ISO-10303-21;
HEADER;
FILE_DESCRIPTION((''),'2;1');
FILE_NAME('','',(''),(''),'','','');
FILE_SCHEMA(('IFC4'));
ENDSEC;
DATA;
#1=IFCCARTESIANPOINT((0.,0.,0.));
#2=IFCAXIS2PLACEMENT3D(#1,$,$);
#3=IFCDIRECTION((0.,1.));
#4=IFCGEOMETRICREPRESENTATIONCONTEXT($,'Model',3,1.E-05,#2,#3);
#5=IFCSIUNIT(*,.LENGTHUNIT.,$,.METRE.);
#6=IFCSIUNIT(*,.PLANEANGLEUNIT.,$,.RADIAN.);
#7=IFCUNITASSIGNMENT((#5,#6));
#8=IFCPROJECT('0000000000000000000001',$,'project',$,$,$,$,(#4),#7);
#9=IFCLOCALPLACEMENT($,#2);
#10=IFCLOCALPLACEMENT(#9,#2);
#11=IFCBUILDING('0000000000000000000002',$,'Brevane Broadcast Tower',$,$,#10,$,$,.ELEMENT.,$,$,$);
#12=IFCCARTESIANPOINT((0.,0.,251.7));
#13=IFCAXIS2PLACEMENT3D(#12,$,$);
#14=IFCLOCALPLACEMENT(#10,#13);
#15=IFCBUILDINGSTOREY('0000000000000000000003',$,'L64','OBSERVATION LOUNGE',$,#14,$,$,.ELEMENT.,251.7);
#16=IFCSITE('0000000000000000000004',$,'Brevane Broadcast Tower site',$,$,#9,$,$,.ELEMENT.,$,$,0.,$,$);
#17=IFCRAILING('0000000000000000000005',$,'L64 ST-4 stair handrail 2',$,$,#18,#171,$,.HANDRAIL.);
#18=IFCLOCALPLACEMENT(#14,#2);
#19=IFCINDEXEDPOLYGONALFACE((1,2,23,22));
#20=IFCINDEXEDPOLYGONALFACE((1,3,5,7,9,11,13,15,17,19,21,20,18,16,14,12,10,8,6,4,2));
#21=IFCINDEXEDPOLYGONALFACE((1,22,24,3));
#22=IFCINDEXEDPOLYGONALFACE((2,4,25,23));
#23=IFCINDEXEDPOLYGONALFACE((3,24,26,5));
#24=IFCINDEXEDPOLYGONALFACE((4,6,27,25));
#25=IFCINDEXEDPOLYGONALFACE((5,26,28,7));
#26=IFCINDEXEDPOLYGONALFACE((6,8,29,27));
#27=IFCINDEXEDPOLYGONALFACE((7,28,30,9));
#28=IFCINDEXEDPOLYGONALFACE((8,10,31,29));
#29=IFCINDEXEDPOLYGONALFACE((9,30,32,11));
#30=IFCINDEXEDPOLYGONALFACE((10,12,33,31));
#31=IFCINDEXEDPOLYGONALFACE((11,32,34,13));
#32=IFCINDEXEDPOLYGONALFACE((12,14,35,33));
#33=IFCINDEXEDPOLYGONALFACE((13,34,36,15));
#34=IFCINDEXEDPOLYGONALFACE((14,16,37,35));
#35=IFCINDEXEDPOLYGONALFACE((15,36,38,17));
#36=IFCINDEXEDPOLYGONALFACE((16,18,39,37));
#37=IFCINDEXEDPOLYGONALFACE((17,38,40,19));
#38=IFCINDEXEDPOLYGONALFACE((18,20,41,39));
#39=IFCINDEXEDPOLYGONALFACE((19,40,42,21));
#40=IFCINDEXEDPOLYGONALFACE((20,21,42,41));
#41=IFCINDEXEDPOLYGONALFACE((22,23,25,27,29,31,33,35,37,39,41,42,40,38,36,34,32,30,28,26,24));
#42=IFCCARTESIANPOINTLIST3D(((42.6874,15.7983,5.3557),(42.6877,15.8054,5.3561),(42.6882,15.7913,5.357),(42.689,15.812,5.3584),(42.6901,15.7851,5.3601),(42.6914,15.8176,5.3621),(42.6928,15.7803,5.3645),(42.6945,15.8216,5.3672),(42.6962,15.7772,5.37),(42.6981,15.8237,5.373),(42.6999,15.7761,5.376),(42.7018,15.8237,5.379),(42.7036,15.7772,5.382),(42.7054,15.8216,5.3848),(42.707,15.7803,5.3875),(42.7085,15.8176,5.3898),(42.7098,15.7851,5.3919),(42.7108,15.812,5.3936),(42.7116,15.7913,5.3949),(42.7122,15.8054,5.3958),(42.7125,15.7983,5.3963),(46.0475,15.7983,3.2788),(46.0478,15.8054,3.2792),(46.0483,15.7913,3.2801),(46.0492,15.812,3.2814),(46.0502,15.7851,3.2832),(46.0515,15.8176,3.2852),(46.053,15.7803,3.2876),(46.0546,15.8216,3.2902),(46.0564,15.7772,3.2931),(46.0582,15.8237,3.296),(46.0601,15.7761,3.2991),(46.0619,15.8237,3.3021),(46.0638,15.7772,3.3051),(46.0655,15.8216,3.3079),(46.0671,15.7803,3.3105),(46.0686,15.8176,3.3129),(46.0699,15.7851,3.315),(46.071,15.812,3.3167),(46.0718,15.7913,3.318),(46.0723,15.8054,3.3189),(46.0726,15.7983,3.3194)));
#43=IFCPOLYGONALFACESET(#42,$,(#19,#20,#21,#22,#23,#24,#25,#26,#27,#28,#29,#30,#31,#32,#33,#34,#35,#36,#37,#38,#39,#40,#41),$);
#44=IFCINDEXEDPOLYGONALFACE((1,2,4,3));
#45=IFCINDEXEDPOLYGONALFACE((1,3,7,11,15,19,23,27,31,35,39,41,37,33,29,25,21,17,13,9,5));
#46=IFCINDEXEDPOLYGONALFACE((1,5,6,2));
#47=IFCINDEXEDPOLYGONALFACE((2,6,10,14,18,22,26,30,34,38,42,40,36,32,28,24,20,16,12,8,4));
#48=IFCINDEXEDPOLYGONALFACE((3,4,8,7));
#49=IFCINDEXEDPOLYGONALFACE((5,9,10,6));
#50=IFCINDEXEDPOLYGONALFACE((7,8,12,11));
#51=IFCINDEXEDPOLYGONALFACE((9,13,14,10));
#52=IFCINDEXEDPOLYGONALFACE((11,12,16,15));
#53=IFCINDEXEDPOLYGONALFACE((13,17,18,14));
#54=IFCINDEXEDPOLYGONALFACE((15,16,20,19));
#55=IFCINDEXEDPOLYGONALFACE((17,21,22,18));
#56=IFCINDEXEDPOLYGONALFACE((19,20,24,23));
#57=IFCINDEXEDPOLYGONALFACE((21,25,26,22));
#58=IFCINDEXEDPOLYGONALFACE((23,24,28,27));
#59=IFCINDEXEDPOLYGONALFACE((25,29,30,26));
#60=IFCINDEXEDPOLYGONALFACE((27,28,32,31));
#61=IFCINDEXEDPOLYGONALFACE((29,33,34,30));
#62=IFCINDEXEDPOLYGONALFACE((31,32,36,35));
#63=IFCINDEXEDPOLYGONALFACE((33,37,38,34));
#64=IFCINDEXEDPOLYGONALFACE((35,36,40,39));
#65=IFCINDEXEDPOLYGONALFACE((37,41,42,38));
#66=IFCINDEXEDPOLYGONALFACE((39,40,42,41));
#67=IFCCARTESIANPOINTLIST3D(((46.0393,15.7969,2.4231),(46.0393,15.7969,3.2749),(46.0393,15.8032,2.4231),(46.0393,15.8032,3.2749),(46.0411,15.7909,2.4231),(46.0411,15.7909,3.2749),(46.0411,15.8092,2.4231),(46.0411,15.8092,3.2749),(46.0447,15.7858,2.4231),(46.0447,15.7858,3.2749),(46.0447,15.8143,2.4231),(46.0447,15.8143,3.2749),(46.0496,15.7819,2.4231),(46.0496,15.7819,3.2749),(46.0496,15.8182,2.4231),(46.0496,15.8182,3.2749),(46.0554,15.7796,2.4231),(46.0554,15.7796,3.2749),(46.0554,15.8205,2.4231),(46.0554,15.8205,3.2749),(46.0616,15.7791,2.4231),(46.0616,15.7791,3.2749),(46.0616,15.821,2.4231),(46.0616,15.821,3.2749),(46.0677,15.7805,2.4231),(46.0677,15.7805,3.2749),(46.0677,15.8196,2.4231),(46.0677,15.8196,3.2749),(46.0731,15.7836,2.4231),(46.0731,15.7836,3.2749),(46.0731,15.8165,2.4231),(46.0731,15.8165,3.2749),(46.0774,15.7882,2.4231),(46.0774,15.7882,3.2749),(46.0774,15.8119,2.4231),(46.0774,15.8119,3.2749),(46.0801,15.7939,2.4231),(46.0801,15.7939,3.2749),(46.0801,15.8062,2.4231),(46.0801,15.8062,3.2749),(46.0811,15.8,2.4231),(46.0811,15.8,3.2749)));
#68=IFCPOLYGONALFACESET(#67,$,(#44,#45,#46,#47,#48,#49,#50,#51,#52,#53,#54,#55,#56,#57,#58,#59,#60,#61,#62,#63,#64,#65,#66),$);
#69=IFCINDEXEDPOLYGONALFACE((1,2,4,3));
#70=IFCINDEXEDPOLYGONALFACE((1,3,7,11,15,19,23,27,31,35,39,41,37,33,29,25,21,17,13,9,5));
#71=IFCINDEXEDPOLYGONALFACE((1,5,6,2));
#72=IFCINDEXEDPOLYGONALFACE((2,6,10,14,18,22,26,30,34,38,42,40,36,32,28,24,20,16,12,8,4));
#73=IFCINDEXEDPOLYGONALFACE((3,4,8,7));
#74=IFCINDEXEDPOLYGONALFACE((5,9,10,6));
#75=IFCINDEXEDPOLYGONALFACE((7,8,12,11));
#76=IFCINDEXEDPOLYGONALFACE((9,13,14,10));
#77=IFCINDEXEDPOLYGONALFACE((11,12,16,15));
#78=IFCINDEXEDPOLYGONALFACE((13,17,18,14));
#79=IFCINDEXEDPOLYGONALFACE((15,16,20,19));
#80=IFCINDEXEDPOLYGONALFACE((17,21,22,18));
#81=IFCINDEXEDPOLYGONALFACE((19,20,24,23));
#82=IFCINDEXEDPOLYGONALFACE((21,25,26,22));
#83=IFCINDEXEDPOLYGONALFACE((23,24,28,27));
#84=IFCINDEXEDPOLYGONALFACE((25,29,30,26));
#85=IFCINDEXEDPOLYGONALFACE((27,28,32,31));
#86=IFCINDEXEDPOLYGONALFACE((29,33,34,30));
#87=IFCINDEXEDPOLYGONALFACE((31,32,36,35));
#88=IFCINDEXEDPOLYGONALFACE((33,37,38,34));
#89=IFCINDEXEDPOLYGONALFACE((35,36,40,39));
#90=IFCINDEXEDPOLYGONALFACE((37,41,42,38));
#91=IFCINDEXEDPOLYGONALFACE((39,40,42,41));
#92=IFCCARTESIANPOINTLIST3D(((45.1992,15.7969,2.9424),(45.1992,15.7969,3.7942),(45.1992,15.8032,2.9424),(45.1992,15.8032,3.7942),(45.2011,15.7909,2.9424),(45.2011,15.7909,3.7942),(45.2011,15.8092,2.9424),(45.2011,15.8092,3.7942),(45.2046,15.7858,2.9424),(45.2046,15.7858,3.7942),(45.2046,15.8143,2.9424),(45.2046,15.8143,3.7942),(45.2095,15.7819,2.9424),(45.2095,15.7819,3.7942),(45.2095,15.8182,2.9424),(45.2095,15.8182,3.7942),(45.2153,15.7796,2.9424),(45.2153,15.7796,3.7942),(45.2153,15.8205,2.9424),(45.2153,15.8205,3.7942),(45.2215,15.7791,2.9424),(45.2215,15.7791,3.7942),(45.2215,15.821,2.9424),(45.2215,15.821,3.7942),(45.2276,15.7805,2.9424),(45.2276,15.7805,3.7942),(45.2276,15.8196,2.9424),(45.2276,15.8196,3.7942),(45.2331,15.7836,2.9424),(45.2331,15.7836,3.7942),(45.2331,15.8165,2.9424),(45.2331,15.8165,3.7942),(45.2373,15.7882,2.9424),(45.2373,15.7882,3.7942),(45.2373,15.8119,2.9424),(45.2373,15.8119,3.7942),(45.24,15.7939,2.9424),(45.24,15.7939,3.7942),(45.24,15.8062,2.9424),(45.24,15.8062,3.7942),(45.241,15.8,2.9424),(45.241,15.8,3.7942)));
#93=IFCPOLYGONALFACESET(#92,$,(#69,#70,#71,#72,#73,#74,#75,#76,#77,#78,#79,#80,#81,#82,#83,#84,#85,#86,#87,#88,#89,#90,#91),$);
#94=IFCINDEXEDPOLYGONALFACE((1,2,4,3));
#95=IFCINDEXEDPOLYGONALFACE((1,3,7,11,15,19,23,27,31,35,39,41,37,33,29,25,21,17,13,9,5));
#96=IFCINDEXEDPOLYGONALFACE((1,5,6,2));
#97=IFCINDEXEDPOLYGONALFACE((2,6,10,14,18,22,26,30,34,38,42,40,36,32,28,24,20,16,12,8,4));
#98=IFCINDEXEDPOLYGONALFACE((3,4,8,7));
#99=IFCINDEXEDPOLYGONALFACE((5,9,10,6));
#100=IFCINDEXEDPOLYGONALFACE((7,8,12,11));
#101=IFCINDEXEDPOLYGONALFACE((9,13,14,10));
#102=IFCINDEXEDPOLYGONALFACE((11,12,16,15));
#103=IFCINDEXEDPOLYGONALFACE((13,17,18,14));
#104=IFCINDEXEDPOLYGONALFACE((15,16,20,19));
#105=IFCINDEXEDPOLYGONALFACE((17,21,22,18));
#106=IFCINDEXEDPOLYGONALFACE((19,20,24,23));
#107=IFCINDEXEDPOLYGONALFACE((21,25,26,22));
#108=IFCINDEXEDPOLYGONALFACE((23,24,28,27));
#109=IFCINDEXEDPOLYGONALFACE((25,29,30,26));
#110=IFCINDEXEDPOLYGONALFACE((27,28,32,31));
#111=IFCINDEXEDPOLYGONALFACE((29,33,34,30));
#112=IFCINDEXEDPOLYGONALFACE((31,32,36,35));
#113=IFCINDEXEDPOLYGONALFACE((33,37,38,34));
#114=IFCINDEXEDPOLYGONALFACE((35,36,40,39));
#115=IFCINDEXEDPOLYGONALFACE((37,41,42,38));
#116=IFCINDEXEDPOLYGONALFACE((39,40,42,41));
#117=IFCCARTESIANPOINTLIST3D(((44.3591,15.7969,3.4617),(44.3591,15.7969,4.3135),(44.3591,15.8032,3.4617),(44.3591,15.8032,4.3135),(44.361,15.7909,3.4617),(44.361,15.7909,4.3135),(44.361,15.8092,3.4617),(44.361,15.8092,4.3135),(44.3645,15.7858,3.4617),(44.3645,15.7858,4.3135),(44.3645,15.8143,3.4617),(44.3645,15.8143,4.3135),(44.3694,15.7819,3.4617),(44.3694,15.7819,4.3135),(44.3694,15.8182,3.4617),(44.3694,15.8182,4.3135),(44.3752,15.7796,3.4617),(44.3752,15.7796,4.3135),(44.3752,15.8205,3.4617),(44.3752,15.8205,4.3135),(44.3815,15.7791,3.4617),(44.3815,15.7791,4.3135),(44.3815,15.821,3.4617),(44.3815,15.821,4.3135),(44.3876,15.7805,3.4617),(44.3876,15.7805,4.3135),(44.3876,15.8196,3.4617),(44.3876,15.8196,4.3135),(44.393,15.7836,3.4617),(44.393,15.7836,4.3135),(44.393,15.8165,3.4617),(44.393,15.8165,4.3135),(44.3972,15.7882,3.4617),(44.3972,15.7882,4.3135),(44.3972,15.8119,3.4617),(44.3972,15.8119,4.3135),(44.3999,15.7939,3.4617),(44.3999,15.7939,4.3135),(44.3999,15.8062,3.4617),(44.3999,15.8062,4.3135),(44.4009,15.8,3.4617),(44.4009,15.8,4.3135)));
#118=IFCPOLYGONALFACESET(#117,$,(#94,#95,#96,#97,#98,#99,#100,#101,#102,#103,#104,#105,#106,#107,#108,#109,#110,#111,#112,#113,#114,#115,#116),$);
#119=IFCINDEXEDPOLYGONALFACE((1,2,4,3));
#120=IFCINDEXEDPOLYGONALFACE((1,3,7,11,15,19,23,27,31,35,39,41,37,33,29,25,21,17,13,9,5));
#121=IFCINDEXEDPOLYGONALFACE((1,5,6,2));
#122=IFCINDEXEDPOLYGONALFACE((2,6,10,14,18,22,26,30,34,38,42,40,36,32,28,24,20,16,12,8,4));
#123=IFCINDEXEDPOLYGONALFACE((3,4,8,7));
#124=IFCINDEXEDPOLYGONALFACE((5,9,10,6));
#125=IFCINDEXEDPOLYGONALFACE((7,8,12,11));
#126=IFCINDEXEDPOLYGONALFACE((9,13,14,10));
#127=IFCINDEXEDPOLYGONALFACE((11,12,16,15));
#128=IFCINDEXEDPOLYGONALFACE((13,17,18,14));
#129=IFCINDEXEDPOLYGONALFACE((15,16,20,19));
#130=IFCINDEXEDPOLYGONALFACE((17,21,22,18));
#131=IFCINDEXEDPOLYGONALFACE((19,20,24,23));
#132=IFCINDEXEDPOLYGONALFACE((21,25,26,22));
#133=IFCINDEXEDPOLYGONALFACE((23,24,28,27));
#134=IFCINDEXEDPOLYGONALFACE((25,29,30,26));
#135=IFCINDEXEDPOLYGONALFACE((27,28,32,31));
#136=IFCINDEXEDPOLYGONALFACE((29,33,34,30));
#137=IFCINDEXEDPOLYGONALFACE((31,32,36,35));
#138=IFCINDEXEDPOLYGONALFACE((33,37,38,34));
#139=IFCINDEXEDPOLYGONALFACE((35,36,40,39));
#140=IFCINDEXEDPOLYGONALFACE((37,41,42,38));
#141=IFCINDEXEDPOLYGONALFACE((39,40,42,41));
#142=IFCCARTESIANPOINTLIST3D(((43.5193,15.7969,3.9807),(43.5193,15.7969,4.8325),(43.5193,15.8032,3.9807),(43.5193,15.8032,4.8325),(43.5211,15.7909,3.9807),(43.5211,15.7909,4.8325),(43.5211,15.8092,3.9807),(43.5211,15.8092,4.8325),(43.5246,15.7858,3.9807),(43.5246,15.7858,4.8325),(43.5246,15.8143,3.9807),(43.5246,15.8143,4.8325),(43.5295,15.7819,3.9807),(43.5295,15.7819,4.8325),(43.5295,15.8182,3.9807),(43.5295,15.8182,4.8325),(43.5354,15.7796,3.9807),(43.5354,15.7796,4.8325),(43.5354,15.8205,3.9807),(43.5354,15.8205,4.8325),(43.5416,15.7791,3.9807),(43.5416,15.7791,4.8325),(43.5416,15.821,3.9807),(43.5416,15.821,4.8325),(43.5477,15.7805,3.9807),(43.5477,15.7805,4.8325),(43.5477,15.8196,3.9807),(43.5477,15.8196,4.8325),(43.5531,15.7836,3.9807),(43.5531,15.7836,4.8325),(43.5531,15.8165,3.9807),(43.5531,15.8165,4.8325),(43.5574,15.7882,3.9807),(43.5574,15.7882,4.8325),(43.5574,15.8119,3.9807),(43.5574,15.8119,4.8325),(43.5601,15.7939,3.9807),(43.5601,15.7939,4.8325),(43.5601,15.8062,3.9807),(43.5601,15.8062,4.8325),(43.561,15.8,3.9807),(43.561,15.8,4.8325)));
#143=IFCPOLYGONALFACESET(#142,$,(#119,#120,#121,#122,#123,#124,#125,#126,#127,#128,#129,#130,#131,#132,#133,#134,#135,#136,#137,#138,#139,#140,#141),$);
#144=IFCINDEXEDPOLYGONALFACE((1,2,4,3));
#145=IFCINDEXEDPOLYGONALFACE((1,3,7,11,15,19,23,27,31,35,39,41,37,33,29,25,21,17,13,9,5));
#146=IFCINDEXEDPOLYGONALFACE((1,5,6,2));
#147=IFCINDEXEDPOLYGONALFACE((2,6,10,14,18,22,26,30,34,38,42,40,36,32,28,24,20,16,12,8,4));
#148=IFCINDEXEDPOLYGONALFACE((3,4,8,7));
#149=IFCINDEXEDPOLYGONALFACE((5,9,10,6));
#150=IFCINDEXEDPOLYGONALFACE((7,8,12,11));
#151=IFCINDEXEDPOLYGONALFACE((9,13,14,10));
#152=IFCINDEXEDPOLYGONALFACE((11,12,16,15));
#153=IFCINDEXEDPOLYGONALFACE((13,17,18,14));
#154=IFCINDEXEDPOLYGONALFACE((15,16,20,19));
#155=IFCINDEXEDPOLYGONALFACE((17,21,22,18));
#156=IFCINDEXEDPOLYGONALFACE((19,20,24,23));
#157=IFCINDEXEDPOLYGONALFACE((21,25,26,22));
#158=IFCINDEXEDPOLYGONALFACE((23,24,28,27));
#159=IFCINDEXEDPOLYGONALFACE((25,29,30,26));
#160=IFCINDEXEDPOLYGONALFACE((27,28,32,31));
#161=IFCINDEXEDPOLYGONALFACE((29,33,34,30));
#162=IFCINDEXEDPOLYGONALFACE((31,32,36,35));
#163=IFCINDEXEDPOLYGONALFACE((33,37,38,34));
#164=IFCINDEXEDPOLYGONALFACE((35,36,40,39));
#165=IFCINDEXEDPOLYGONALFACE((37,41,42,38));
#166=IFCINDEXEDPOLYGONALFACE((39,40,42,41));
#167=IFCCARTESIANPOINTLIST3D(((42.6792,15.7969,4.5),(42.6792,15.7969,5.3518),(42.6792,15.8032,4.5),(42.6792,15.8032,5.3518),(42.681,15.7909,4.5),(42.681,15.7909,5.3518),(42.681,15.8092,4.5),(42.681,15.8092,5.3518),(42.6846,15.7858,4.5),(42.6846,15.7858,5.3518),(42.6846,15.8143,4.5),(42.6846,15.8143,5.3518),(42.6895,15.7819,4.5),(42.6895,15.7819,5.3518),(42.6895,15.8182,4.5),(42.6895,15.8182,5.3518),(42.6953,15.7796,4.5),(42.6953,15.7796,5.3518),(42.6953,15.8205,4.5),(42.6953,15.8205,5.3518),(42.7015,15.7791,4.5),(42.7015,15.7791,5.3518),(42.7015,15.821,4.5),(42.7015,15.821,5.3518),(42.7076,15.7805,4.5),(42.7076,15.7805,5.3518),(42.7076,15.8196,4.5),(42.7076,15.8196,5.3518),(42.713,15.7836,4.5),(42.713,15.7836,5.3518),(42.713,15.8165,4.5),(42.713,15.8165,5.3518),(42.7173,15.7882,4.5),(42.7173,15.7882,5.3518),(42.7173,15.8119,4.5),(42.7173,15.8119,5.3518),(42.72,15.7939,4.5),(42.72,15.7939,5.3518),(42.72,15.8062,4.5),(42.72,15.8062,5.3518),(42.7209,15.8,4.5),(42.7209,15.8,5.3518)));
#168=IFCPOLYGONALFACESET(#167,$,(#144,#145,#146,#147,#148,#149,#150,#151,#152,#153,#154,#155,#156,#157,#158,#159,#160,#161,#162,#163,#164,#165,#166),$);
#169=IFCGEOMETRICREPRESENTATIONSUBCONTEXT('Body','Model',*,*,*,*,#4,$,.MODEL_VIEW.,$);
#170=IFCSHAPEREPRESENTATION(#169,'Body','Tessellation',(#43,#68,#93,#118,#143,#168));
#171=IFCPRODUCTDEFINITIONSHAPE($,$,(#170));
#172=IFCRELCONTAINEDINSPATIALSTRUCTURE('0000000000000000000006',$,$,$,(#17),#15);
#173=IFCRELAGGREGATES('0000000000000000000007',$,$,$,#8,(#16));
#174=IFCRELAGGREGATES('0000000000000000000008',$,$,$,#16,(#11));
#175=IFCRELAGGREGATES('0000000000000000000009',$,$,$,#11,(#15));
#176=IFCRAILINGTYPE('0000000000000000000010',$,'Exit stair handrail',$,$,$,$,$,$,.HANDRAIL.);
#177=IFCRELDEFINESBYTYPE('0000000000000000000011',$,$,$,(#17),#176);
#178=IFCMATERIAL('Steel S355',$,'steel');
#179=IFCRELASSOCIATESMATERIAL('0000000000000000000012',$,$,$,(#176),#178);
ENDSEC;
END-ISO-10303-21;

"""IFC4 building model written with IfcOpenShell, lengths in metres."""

from ifc_helpers import new_model, si_unit, direction, frame, origin, origin_2d, place, context, subcontext, project, spatial, circle, extrude, material, type_object, element, save


model = new_model("IFC4")

# Units and contexts
model_context = context("Model", 3, precision=1e-05, world=origin(), true_north=direction((0.0, 1.0)))
body_context = subcontext(model_context, "Body", "Model", "MODEL_VIEW")
ifc_project = project(units=[si_unit("LENGTHUNIT", "METRE"), si_unit("PLANEANGLEUNIT", "RADIAN")], contexts=[model_context])

# Site, building, storey
site_placement = place(None, origin())
site = spatial("IfcSite", under=ifc_project, at=site_placement, Name="Brevane Broadcast Tower site", CompositionType="ELEMENT", RefElevation=0.0)
building_placement = place(site_placement, origin())
building = spatial("IfcBuilding", under=site, at=building_placement, Name="Brevane Broadcast Tower", CompositionType="ELEMENT")
storey_placement = place(building_placement, frame((0.0, 0.0, 251.7)))
storey = spatial("IfcBuildingStorey", under=building, at=storey_placement, Name="L64", Description="OBSERVATION LOUNGE", CompositionType="ELEMENT", Elevation=251.7)

# Railing
ifc_material_1 = material(Name="Steel S355", Category="steel")
railing_type_1 = type_object("IfcRailingType", Name="Exit stair handrail", PredefinedType="HANDRAIL", material=ifc_material_1)
railing_1_placement = place(storey_placement, frame((46.0601, 15.8, 2.4231)))
element("IfcRailing", 1, at=railing_1_placement, inside=storey, type_object=railing_type_1, Name="L64 ST-4 stair handrail 2", PredefinedType="HANDRAIL", context=body_context, shape_type="SweptSolid", body=[
    extrude(circle(Radius=0.0239, at=origin_2d()), frame((0.0, 0.0, 0.876), z_axis=(-0.850623, 0.0, 0.525776), x_axis=(0.0, -1.0, 0.0)), (0.0, 0.0, 1.0), 3.9502),
    extrude(circle(Radius=0.021, at=origin_2d()), origin(), (0.0, 0.0, 1.0), 0.8518),
    extrude(circle(Radius=0.021, at=origin_2d()), frame((-0.8401, 0.0, 0.5193)), (0.0, 0.0, 1.0), 0.8518),
    extrude(circle(Radius=0.021, at=origin_2d()), frame((-1.6802, 0.0, 1.0386)), (0.0, 0.0, 1.0), 0.8518),
    extrude(circle(Radius=0.021, at=origin_2d()), frame((-2.52, 0.0, 1.5576)), (0.0, 0.0, 1.0), 0.8518),
    extrude(circle(Radius=0.021, at=origin_2d()), frame((-3.3601, 0.0, 2.0769)), (0.0, 0.0, 1.0), 0.8518),
])

save(model, "model.ifc")
